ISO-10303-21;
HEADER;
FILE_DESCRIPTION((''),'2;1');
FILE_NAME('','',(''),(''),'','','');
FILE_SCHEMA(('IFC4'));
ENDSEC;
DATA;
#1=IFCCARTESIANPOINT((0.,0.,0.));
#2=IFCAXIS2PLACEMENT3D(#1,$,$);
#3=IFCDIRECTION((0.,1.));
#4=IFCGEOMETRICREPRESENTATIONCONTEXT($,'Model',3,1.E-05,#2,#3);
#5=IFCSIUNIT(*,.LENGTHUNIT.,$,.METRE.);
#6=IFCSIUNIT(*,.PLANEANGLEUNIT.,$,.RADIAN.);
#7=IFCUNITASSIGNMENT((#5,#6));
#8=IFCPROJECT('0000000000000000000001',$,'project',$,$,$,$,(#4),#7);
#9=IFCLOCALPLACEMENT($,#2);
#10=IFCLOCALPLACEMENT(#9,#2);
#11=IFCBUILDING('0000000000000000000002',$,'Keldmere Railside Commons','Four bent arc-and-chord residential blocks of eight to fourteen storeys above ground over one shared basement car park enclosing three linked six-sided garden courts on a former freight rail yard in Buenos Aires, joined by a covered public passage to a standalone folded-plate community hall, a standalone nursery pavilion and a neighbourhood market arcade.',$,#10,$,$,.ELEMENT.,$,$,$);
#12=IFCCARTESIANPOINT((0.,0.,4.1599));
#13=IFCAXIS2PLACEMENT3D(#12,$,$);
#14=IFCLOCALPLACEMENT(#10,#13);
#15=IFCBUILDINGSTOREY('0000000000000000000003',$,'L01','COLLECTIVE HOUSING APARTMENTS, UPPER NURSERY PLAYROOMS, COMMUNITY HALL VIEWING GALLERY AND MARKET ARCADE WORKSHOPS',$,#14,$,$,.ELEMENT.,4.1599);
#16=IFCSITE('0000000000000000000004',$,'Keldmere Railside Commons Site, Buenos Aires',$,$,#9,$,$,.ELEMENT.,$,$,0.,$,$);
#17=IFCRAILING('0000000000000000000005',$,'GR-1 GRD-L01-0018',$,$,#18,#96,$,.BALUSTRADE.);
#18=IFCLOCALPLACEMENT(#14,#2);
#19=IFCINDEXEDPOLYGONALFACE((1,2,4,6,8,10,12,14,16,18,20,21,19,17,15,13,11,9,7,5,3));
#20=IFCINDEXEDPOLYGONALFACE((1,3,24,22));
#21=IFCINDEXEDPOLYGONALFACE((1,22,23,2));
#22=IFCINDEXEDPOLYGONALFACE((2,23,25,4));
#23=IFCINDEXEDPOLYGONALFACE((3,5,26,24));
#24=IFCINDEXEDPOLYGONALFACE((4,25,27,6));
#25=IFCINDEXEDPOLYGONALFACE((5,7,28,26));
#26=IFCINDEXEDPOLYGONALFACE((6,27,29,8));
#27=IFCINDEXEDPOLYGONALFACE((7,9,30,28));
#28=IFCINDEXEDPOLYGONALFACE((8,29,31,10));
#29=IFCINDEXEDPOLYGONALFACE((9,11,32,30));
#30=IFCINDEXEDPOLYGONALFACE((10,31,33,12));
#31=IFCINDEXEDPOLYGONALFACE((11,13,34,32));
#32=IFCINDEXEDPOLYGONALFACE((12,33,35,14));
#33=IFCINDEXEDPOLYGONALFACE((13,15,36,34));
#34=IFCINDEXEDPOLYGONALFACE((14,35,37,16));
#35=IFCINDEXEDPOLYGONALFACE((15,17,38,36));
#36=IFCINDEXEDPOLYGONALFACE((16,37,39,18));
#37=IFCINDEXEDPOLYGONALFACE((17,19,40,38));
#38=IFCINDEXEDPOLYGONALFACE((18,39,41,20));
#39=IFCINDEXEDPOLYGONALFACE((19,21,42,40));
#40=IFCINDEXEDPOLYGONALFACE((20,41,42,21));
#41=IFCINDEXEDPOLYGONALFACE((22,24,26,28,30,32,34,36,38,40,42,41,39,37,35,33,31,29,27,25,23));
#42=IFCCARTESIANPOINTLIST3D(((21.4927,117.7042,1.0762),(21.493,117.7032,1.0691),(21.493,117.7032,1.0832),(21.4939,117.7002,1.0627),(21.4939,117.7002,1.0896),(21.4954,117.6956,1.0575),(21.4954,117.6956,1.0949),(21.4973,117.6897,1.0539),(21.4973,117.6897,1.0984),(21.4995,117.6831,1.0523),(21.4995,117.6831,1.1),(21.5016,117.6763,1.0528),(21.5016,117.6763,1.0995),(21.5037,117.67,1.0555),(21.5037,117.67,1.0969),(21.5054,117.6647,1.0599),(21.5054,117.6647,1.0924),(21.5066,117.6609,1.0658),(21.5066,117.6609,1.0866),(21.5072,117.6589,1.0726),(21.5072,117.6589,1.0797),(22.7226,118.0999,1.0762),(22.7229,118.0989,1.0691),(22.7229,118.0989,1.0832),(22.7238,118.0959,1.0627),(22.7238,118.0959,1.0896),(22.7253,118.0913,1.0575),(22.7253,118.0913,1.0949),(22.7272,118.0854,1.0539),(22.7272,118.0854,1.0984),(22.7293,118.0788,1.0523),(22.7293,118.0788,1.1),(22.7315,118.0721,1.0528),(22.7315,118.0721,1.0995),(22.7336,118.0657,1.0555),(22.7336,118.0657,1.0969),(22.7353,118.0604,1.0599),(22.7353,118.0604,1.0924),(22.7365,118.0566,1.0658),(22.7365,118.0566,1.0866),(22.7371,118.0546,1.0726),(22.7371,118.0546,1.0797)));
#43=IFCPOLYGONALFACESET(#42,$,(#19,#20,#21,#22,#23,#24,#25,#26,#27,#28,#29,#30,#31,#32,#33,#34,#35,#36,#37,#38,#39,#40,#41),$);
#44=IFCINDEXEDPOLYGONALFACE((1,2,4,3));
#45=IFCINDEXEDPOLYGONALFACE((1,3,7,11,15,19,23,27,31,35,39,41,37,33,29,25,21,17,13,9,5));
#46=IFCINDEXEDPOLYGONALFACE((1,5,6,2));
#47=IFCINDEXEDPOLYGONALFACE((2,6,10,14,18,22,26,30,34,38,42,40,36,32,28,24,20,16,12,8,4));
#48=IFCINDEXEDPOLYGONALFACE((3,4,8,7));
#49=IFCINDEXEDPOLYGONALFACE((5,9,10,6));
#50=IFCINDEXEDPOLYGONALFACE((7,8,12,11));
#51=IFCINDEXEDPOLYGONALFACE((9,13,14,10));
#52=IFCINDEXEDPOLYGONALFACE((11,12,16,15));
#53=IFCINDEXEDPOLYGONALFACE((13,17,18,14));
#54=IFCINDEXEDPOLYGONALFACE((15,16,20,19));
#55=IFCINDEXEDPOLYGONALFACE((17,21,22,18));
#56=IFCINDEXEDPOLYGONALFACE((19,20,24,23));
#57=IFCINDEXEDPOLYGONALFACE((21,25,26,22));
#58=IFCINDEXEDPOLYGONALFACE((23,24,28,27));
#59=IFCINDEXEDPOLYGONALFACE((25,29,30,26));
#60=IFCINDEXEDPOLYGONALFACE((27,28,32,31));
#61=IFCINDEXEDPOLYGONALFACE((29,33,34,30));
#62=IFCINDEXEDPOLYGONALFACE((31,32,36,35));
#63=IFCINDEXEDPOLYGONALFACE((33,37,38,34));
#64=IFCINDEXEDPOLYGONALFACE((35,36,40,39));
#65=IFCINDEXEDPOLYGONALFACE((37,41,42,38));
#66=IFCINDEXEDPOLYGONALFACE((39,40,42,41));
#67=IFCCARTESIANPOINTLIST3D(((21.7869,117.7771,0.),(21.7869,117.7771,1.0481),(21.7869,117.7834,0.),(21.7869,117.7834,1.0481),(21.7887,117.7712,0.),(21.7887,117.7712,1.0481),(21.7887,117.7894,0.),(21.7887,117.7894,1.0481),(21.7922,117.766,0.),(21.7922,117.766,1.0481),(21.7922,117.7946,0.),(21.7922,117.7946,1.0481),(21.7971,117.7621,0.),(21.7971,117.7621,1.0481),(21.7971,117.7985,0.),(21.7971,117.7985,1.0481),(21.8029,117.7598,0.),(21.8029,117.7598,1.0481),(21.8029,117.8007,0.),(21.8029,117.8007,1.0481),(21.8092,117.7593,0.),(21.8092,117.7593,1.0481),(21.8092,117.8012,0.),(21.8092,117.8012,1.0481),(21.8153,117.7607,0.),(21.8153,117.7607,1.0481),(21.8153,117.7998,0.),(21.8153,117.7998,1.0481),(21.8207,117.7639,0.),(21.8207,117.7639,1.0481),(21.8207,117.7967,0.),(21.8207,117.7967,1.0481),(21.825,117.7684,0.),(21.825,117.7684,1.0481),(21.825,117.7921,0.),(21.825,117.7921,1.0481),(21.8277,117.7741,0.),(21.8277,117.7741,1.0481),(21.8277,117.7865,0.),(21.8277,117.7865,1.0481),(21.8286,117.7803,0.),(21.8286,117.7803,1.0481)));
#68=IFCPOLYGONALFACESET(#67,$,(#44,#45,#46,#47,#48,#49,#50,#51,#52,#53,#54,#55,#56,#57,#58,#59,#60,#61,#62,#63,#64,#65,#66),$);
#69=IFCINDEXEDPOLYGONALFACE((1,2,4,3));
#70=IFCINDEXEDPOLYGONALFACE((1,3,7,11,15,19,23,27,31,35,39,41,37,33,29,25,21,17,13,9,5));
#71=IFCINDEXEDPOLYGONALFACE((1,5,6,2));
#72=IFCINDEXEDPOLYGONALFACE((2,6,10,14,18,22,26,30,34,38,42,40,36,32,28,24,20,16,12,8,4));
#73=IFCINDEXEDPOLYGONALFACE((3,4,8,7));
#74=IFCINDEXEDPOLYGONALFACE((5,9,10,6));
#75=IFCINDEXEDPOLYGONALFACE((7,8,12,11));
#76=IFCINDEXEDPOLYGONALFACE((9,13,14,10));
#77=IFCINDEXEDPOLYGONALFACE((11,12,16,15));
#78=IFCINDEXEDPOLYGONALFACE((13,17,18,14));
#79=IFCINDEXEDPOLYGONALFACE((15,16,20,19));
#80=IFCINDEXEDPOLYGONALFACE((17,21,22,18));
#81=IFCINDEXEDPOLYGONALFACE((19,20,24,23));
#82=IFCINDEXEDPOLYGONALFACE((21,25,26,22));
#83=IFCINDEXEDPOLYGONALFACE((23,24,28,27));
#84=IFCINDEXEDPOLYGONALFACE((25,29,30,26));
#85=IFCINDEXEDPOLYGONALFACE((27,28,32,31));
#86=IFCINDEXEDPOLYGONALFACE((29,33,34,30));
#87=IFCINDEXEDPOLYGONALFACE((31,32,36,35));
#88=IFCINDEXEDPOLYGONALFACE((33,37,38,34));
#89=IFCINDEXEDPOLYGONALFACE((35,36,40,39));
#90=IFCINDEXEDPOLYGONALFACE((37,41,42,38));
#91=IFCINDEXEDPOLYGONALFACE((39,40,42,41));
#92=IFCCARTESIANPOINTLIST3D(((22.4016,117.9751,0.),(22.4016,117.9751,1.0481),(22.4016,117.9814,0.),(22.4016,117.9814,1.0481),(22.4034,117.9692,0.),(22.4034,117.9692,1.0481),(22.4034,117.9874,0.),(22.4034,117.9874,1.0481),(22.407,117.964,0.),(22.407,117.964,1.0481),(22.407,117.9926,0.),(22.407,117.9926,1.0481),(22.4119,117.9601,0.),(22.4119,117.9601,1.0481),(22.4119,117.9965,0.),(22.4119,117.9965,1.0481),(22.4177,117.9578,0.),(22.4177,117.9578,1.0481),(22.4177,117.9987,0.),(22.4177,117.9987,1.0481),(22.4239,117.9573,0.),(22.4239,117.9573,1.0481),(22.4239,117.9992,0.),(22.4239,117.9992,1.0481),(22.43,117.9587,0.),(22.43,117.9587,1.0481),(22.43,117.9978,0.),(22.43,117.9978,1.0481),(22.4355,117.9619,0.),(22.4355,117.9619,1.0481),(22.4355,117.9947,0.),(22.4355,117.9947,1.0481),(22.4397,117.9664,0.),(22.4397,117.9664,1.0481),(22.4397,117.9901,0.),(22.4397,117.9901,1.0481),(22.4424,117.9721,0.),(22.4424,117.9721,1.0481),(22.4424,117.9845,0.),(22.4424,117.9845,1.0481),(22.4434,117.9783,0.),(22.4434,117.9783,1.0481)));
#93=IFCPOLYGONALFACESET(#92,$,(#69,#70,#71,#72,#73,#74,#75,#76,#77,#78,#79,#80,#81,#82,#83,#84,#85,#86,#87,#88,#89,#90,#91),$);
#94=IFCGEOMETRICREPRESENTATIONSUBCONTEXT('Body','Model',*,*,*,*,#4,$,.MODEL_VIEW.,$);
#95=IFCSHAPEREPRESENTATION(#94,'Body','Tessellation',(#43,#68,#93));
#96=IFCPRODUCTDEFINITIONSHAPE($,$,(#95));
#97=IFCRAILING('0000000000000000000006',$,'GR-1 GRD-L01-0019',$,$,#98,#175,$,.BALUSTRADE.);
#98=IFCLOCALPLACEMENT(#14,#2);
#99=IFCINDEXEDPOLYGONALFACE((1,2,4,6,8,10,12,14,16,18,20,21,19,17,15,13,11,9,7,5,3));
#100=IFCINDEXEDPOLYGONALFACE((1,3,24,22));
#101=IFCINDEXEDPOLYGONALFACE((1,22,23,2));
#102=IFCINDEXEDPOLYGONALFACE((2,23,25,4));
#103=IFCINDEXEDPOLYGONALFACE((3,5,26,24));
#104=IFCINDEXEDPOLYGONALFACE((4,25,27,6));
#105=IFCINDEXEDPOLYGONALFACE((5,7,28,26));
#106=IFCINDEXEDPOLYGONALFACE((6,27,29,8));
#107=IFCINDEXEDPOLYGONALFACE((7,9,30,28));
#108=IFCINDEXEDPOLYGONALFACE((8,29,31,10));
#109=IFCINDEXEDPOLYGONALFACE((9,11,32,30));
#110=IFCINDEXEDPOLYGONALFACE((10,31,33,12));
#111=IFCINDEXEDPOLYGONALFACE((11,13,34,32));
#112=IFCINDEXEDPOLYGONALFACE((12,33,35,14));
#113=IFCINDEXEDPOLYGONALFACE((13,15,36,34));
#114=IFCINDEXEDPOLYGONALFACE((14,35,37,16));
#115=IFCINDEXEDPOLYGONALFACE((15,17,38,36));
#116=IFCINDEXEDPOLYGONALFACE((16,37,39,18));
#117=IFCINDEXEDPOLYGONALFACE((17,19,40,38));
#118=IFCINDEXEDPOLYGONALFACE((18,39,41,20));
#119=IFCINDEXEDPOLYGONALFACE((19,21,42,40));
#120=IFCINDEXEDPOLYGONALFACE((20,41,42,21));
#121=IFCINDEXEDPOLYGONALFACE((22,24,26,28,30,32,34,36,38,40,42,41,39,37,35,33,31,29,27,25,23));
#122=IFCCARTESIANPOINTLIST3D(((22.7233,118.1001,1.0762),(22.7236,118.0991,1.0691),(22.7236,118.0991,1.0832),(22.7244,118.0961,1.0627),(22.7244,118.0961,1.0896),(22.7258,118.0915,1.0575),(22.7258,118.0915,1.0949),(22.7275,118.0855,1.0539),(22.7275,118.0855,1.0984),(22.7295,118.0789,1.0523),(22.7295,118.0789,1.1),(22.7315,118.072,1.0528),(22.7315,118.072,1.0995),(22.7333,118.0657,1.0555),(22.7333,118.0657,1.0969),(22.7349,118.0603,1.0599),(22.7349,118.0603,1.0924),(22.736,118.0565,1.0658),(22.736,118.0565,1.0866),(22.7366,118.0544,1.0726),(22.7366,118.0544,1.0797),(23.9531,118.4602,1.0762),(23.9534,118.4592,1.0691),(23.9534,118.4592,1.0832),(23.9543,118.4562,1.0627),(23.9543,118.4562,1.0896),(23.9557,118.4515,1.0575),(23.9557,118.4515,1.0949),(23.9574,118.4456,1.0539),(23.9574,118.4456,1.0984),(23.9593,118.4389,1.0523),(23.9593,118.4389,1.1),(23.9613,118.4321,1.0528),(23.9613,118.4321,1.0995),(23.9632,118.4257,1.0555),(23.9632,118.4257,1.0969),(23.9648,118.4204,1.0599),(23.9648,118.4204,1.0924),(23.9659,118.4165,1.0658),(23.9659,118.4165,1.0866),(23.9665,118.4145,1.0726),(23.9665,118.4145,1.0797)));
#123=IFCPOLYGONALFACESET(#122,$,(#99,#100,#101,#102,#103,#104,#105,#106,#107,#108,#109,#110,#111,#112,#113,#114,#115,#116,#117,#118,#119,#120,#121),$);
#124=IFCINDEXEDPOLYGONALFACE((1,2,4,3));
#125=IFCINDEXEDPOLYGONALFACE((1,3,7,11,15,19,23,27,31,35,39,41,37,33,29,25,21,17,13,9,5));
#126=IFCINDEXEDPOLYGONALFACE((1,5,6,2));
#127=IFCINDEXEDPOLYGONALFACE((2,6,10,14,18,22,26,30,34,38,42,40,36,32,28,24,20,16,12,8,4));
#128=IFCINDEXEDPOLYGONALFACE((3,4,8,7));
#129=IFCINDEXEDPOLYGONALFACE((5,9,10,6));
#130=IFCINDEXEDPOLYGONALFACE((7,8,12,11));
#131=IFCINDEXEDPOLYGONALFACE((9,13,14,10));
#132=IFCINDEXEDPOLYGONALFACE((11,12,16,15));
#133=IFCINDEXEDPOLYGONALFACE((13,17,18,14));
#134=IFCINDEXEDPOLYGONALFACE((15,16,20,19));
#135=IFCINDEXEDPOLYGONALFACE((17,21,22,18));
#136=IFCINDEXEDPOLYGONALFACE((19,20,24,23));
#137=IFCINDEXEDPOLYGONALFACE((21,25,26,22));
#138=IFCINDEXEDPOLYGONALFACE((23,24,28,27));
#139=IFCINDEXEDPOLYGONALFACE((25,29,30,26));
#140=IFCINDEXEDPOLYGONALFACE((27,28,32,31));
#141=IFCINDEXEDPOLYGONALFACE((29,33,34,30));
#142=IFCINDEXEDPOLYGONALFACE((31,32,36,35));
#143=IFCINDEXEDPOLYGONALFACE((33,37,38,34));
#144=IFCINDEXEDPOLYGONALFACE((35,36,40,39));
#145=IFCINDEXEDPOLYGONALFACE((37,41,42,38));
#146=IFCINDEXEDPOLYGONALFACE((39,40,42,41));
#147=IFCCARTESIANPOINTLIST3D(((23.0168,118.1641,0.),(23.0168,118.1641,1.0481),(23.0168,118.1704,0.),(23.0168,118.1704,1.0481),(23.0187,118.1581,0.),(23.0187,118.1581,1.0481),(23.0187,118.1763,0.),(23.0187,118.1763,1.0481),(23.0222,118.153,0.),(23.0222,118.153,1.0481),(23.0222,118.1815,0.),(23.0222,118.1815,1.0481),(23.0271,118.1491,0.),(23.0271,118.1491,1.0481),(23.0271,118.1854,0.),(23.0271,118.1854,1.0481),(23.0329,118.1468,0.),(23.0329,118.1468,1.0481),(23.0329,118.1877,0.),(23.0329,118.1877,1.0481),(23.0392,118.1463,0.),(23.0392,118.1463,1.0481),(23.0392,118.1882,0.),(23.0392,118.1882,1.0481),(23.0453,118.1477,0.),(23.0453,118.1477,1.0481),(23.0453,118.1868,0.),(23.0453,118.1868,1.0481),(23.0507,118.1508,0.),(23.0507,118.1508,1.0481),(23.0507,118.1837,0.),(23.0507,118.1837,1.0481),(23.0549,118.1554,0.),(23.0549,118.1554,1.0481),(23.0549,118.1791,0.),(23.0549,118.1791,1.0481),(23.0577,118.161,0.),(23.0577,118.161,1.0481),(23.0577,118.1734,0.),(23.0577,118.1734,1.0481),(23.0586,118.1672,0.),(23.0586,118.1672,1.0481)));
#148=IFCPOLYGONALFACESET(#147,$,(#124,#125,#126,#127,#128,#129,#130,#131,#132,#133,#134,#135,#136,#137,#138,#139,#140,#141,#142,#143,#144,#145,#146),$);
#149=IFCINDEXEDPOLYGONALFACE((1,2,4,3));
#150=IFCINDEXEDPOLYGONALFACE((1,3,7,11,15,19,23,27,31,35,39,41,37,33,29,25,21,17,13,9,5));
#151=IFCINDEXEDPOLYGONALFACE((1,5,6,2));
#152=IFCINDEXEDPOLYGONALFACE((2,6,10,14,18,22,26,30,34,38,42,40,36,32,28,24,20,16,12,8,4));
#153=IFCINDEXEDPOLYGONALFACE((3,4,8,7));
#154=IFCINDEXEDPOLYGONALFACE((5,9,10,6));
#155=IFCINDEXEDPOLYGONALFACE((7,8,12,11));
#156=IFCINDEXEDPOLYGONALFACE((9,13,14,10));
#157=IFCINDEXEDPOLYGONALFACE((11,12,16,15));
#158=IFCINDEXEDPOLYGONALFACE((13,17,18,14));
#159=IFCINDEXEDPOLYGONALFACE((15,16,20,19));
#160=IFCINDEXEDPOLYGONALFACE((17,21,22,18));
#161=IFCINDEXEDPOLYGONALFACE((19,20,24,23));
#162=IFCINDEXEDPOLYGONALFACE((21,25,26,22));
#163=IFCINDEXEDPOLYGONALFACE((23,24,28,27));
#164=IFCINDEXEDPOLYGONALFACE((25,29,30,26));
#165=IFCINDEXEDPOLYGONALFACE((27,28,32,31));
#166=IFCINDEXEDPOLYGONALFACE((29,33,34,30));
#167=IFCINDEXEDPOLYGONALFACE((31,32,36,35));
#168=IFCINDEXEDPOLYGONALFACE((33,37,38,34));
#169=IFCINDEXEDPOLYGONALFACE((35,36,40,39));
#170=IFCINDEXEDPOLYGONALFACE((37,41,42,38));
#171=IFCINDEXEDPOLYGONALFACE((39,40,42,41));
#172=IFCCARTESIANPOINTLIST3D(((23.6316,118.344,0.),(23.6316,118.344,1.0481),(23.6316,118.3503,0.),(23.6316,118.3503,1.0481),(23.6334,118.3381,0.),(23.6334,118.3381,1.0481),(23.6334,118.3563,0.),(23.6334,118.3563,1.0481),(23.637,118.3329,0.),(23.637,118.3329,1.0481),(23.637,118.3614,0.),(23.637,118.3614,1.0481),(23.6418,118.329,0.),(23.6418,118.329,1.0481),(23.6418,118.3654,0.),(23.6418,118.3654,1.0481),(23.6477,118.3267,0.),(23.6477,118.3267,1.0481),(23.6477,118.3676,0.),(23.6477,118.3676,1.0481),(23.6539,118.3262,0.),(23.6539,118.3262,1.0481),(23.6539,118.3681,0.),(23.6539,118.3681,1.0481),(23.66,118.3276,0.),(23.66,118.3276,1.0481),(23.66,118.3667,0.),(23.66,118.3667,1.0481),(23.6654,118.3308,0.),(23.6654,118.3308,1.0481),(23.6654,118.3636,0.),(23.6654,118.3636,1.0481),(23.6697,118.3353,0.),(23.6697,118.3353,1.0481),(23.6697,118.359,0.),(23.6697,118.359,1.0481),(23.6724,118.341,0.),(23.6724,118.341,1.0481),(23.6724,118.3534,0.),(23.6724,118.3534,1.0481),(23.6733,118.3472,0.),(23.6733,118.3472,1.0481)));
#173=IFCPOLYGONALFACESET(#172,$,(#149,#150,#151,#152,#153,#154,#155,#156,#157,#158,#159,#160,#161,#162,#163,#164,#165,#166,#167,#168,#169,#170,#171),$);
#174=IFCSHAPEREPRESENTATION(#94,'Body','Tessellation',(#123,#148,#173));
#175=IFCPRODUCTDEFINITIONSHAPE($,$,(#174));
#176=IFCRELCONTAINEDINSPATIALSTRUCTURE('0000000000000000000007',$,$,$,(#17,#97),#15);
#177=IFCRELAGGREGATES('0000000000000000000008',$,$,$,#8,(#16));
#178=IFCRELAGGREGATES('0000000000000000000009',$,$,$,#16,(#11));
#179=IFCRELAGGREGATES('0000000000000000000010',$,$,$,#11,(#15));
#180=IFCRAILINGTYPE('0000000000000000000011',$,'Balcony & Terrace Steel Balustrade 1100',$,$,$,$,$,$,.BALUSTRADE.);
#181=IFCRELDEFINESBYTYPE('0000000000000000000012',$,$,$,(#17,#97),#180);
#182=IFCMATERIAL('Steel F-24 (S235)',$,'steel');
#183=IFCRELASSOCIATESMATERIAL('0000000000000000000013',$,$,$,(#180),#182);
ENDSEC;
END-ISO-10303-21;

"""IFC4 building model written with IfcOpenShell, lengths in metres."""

from ifc_helpers import new_model, si_unit, direction, frame, origin, origin_2d, place, context, subcontext, project, spatial, circle, extrude, material, type_object, element, save


model = new_model("IFC4")

# Units and contexts
model_context = context("Model", 3, precision=1e-05, world=origin(), true_north=direction((0.0, 1.0)))
body_context = subcontext(model_context, "Body", "Model", "MODEL_VIEW")
ifc_project = project(units=[si_unit("LENGTHUNIT", "METRE"), si_unit("PLANEANGLEUNIT", "RADIAN")], contexts=[model_context])

# Site, building, storey
site_placement = place(None, origin())
site = spatial("IfcSite", under=ifc_project, at=site_placement, Name="Keldmere Railside Commons Site, Buenos Aires", CompositionType="ELEMENT", RefElevation=0.0)
building_placement = place(site_placement, origin())
building = spatial("IfcBuilding", under=site, at=building_placement, Name="Keldmere Railside Commons", Description="Four bent arc-and-chord residential blocks of eight to fourteen storeys above ground over one shared basement car park enclosing three linked six-sided garden courts on a former freight rail yard in Buenos Aires, joined by a covered public passage to a standalone folded-plate community hall, a standalone nursery pavilion and a neighbourhood market arcade.", CompositionType="ELEMENT")
storey_placement = place(building_placement, frame((0.0, 0.0, 4.1599)))
storey = spatial("IfcBuildingStorey", under=building, at=storey_placement, Name="L01", Description="COLLECTIVE HOUSING APARTMENTS, UPPER NURSERY PLAYROOMS, COMMUNITY HALL VIEWING GALLERY AND MARKET ARCADE WORKSHOPS", CompositionType="ELEMENT", Elevation=4.1599)

# Railings
ifc_material_1 = material(Name="Steel F-24 (S235)", Category="steel")
railing_type = type_object("IfcRailingType", Name="Balcony & Terrace Steel Balustrade 1100", PredefinedType="BALUSTRADE", material=ifc_material_1)
railing_1_placement = place(storey_placement, frame((21.5, 117.6814, 0.0)))
element("IfcRailing", 1, at=railing_1_placement, inside=storey, type_object=railing_type, Name="GR-1 GRD-L01-0018", PredefinedType="BALUSTRADE", context=body_context, shape_type="SweptSolid", body=[
    extrude(circle(Radius=0.0239, at=origin_2d()), frame((0.0, 0.0, 1.0762), z_axis=(0.951938, 0.306291, 0.0), x_axis=(-0.306291, 0.951938, 0.0)), (0.0, 0.0, 1.0), 1.292),
    extrude(circle(Radius=0.021, at=origin_2d()), frame((0.3076, 0.0989, 0.0)), (0.0, 0.0, 1.0), 1.0481),
    extrude(circle(Radius=0.021, at=origin_2d()), frame((0.9224, 0.2969, 0.0)), (0.0, 0.0, 1.0), 1.0481),
])
railing_2_placement = place(storey_placement, frame((22.73, 118.0771, 0.0)))
element("IfcRailing", 2, at=railing_2_placement, inside=storey, type_object=railing_type, Name="GR-1 GRD-L01-0019", PredefinedType="BALUSTRADE", context=body_context, shape_type="SweptSolid", body=[
    extrude(circle(Radius=0.0239, at=origin_2d()), frame((0.0, 0.0, 1.0762), z_axis=(0.959714, 0.28098, 0.0), x_axis=(-0.28098, 0.959714, 0.0)), (0.0, 0.0, 1.0), 1.2815),
    extrude(circle(Radius=0.021, at=origin_2d()), frame((0.3076, 0.0901, 0.0)), (0.0, 0.0, 1.0), 1.0481),
    extrude(circle(Radius=0.021, at=origin_2d()), frame((0.9224, 0.27, 0.0)), (0.0, 0.0, 1.0), 1.0481),
])

save(model, "model.ifc")
